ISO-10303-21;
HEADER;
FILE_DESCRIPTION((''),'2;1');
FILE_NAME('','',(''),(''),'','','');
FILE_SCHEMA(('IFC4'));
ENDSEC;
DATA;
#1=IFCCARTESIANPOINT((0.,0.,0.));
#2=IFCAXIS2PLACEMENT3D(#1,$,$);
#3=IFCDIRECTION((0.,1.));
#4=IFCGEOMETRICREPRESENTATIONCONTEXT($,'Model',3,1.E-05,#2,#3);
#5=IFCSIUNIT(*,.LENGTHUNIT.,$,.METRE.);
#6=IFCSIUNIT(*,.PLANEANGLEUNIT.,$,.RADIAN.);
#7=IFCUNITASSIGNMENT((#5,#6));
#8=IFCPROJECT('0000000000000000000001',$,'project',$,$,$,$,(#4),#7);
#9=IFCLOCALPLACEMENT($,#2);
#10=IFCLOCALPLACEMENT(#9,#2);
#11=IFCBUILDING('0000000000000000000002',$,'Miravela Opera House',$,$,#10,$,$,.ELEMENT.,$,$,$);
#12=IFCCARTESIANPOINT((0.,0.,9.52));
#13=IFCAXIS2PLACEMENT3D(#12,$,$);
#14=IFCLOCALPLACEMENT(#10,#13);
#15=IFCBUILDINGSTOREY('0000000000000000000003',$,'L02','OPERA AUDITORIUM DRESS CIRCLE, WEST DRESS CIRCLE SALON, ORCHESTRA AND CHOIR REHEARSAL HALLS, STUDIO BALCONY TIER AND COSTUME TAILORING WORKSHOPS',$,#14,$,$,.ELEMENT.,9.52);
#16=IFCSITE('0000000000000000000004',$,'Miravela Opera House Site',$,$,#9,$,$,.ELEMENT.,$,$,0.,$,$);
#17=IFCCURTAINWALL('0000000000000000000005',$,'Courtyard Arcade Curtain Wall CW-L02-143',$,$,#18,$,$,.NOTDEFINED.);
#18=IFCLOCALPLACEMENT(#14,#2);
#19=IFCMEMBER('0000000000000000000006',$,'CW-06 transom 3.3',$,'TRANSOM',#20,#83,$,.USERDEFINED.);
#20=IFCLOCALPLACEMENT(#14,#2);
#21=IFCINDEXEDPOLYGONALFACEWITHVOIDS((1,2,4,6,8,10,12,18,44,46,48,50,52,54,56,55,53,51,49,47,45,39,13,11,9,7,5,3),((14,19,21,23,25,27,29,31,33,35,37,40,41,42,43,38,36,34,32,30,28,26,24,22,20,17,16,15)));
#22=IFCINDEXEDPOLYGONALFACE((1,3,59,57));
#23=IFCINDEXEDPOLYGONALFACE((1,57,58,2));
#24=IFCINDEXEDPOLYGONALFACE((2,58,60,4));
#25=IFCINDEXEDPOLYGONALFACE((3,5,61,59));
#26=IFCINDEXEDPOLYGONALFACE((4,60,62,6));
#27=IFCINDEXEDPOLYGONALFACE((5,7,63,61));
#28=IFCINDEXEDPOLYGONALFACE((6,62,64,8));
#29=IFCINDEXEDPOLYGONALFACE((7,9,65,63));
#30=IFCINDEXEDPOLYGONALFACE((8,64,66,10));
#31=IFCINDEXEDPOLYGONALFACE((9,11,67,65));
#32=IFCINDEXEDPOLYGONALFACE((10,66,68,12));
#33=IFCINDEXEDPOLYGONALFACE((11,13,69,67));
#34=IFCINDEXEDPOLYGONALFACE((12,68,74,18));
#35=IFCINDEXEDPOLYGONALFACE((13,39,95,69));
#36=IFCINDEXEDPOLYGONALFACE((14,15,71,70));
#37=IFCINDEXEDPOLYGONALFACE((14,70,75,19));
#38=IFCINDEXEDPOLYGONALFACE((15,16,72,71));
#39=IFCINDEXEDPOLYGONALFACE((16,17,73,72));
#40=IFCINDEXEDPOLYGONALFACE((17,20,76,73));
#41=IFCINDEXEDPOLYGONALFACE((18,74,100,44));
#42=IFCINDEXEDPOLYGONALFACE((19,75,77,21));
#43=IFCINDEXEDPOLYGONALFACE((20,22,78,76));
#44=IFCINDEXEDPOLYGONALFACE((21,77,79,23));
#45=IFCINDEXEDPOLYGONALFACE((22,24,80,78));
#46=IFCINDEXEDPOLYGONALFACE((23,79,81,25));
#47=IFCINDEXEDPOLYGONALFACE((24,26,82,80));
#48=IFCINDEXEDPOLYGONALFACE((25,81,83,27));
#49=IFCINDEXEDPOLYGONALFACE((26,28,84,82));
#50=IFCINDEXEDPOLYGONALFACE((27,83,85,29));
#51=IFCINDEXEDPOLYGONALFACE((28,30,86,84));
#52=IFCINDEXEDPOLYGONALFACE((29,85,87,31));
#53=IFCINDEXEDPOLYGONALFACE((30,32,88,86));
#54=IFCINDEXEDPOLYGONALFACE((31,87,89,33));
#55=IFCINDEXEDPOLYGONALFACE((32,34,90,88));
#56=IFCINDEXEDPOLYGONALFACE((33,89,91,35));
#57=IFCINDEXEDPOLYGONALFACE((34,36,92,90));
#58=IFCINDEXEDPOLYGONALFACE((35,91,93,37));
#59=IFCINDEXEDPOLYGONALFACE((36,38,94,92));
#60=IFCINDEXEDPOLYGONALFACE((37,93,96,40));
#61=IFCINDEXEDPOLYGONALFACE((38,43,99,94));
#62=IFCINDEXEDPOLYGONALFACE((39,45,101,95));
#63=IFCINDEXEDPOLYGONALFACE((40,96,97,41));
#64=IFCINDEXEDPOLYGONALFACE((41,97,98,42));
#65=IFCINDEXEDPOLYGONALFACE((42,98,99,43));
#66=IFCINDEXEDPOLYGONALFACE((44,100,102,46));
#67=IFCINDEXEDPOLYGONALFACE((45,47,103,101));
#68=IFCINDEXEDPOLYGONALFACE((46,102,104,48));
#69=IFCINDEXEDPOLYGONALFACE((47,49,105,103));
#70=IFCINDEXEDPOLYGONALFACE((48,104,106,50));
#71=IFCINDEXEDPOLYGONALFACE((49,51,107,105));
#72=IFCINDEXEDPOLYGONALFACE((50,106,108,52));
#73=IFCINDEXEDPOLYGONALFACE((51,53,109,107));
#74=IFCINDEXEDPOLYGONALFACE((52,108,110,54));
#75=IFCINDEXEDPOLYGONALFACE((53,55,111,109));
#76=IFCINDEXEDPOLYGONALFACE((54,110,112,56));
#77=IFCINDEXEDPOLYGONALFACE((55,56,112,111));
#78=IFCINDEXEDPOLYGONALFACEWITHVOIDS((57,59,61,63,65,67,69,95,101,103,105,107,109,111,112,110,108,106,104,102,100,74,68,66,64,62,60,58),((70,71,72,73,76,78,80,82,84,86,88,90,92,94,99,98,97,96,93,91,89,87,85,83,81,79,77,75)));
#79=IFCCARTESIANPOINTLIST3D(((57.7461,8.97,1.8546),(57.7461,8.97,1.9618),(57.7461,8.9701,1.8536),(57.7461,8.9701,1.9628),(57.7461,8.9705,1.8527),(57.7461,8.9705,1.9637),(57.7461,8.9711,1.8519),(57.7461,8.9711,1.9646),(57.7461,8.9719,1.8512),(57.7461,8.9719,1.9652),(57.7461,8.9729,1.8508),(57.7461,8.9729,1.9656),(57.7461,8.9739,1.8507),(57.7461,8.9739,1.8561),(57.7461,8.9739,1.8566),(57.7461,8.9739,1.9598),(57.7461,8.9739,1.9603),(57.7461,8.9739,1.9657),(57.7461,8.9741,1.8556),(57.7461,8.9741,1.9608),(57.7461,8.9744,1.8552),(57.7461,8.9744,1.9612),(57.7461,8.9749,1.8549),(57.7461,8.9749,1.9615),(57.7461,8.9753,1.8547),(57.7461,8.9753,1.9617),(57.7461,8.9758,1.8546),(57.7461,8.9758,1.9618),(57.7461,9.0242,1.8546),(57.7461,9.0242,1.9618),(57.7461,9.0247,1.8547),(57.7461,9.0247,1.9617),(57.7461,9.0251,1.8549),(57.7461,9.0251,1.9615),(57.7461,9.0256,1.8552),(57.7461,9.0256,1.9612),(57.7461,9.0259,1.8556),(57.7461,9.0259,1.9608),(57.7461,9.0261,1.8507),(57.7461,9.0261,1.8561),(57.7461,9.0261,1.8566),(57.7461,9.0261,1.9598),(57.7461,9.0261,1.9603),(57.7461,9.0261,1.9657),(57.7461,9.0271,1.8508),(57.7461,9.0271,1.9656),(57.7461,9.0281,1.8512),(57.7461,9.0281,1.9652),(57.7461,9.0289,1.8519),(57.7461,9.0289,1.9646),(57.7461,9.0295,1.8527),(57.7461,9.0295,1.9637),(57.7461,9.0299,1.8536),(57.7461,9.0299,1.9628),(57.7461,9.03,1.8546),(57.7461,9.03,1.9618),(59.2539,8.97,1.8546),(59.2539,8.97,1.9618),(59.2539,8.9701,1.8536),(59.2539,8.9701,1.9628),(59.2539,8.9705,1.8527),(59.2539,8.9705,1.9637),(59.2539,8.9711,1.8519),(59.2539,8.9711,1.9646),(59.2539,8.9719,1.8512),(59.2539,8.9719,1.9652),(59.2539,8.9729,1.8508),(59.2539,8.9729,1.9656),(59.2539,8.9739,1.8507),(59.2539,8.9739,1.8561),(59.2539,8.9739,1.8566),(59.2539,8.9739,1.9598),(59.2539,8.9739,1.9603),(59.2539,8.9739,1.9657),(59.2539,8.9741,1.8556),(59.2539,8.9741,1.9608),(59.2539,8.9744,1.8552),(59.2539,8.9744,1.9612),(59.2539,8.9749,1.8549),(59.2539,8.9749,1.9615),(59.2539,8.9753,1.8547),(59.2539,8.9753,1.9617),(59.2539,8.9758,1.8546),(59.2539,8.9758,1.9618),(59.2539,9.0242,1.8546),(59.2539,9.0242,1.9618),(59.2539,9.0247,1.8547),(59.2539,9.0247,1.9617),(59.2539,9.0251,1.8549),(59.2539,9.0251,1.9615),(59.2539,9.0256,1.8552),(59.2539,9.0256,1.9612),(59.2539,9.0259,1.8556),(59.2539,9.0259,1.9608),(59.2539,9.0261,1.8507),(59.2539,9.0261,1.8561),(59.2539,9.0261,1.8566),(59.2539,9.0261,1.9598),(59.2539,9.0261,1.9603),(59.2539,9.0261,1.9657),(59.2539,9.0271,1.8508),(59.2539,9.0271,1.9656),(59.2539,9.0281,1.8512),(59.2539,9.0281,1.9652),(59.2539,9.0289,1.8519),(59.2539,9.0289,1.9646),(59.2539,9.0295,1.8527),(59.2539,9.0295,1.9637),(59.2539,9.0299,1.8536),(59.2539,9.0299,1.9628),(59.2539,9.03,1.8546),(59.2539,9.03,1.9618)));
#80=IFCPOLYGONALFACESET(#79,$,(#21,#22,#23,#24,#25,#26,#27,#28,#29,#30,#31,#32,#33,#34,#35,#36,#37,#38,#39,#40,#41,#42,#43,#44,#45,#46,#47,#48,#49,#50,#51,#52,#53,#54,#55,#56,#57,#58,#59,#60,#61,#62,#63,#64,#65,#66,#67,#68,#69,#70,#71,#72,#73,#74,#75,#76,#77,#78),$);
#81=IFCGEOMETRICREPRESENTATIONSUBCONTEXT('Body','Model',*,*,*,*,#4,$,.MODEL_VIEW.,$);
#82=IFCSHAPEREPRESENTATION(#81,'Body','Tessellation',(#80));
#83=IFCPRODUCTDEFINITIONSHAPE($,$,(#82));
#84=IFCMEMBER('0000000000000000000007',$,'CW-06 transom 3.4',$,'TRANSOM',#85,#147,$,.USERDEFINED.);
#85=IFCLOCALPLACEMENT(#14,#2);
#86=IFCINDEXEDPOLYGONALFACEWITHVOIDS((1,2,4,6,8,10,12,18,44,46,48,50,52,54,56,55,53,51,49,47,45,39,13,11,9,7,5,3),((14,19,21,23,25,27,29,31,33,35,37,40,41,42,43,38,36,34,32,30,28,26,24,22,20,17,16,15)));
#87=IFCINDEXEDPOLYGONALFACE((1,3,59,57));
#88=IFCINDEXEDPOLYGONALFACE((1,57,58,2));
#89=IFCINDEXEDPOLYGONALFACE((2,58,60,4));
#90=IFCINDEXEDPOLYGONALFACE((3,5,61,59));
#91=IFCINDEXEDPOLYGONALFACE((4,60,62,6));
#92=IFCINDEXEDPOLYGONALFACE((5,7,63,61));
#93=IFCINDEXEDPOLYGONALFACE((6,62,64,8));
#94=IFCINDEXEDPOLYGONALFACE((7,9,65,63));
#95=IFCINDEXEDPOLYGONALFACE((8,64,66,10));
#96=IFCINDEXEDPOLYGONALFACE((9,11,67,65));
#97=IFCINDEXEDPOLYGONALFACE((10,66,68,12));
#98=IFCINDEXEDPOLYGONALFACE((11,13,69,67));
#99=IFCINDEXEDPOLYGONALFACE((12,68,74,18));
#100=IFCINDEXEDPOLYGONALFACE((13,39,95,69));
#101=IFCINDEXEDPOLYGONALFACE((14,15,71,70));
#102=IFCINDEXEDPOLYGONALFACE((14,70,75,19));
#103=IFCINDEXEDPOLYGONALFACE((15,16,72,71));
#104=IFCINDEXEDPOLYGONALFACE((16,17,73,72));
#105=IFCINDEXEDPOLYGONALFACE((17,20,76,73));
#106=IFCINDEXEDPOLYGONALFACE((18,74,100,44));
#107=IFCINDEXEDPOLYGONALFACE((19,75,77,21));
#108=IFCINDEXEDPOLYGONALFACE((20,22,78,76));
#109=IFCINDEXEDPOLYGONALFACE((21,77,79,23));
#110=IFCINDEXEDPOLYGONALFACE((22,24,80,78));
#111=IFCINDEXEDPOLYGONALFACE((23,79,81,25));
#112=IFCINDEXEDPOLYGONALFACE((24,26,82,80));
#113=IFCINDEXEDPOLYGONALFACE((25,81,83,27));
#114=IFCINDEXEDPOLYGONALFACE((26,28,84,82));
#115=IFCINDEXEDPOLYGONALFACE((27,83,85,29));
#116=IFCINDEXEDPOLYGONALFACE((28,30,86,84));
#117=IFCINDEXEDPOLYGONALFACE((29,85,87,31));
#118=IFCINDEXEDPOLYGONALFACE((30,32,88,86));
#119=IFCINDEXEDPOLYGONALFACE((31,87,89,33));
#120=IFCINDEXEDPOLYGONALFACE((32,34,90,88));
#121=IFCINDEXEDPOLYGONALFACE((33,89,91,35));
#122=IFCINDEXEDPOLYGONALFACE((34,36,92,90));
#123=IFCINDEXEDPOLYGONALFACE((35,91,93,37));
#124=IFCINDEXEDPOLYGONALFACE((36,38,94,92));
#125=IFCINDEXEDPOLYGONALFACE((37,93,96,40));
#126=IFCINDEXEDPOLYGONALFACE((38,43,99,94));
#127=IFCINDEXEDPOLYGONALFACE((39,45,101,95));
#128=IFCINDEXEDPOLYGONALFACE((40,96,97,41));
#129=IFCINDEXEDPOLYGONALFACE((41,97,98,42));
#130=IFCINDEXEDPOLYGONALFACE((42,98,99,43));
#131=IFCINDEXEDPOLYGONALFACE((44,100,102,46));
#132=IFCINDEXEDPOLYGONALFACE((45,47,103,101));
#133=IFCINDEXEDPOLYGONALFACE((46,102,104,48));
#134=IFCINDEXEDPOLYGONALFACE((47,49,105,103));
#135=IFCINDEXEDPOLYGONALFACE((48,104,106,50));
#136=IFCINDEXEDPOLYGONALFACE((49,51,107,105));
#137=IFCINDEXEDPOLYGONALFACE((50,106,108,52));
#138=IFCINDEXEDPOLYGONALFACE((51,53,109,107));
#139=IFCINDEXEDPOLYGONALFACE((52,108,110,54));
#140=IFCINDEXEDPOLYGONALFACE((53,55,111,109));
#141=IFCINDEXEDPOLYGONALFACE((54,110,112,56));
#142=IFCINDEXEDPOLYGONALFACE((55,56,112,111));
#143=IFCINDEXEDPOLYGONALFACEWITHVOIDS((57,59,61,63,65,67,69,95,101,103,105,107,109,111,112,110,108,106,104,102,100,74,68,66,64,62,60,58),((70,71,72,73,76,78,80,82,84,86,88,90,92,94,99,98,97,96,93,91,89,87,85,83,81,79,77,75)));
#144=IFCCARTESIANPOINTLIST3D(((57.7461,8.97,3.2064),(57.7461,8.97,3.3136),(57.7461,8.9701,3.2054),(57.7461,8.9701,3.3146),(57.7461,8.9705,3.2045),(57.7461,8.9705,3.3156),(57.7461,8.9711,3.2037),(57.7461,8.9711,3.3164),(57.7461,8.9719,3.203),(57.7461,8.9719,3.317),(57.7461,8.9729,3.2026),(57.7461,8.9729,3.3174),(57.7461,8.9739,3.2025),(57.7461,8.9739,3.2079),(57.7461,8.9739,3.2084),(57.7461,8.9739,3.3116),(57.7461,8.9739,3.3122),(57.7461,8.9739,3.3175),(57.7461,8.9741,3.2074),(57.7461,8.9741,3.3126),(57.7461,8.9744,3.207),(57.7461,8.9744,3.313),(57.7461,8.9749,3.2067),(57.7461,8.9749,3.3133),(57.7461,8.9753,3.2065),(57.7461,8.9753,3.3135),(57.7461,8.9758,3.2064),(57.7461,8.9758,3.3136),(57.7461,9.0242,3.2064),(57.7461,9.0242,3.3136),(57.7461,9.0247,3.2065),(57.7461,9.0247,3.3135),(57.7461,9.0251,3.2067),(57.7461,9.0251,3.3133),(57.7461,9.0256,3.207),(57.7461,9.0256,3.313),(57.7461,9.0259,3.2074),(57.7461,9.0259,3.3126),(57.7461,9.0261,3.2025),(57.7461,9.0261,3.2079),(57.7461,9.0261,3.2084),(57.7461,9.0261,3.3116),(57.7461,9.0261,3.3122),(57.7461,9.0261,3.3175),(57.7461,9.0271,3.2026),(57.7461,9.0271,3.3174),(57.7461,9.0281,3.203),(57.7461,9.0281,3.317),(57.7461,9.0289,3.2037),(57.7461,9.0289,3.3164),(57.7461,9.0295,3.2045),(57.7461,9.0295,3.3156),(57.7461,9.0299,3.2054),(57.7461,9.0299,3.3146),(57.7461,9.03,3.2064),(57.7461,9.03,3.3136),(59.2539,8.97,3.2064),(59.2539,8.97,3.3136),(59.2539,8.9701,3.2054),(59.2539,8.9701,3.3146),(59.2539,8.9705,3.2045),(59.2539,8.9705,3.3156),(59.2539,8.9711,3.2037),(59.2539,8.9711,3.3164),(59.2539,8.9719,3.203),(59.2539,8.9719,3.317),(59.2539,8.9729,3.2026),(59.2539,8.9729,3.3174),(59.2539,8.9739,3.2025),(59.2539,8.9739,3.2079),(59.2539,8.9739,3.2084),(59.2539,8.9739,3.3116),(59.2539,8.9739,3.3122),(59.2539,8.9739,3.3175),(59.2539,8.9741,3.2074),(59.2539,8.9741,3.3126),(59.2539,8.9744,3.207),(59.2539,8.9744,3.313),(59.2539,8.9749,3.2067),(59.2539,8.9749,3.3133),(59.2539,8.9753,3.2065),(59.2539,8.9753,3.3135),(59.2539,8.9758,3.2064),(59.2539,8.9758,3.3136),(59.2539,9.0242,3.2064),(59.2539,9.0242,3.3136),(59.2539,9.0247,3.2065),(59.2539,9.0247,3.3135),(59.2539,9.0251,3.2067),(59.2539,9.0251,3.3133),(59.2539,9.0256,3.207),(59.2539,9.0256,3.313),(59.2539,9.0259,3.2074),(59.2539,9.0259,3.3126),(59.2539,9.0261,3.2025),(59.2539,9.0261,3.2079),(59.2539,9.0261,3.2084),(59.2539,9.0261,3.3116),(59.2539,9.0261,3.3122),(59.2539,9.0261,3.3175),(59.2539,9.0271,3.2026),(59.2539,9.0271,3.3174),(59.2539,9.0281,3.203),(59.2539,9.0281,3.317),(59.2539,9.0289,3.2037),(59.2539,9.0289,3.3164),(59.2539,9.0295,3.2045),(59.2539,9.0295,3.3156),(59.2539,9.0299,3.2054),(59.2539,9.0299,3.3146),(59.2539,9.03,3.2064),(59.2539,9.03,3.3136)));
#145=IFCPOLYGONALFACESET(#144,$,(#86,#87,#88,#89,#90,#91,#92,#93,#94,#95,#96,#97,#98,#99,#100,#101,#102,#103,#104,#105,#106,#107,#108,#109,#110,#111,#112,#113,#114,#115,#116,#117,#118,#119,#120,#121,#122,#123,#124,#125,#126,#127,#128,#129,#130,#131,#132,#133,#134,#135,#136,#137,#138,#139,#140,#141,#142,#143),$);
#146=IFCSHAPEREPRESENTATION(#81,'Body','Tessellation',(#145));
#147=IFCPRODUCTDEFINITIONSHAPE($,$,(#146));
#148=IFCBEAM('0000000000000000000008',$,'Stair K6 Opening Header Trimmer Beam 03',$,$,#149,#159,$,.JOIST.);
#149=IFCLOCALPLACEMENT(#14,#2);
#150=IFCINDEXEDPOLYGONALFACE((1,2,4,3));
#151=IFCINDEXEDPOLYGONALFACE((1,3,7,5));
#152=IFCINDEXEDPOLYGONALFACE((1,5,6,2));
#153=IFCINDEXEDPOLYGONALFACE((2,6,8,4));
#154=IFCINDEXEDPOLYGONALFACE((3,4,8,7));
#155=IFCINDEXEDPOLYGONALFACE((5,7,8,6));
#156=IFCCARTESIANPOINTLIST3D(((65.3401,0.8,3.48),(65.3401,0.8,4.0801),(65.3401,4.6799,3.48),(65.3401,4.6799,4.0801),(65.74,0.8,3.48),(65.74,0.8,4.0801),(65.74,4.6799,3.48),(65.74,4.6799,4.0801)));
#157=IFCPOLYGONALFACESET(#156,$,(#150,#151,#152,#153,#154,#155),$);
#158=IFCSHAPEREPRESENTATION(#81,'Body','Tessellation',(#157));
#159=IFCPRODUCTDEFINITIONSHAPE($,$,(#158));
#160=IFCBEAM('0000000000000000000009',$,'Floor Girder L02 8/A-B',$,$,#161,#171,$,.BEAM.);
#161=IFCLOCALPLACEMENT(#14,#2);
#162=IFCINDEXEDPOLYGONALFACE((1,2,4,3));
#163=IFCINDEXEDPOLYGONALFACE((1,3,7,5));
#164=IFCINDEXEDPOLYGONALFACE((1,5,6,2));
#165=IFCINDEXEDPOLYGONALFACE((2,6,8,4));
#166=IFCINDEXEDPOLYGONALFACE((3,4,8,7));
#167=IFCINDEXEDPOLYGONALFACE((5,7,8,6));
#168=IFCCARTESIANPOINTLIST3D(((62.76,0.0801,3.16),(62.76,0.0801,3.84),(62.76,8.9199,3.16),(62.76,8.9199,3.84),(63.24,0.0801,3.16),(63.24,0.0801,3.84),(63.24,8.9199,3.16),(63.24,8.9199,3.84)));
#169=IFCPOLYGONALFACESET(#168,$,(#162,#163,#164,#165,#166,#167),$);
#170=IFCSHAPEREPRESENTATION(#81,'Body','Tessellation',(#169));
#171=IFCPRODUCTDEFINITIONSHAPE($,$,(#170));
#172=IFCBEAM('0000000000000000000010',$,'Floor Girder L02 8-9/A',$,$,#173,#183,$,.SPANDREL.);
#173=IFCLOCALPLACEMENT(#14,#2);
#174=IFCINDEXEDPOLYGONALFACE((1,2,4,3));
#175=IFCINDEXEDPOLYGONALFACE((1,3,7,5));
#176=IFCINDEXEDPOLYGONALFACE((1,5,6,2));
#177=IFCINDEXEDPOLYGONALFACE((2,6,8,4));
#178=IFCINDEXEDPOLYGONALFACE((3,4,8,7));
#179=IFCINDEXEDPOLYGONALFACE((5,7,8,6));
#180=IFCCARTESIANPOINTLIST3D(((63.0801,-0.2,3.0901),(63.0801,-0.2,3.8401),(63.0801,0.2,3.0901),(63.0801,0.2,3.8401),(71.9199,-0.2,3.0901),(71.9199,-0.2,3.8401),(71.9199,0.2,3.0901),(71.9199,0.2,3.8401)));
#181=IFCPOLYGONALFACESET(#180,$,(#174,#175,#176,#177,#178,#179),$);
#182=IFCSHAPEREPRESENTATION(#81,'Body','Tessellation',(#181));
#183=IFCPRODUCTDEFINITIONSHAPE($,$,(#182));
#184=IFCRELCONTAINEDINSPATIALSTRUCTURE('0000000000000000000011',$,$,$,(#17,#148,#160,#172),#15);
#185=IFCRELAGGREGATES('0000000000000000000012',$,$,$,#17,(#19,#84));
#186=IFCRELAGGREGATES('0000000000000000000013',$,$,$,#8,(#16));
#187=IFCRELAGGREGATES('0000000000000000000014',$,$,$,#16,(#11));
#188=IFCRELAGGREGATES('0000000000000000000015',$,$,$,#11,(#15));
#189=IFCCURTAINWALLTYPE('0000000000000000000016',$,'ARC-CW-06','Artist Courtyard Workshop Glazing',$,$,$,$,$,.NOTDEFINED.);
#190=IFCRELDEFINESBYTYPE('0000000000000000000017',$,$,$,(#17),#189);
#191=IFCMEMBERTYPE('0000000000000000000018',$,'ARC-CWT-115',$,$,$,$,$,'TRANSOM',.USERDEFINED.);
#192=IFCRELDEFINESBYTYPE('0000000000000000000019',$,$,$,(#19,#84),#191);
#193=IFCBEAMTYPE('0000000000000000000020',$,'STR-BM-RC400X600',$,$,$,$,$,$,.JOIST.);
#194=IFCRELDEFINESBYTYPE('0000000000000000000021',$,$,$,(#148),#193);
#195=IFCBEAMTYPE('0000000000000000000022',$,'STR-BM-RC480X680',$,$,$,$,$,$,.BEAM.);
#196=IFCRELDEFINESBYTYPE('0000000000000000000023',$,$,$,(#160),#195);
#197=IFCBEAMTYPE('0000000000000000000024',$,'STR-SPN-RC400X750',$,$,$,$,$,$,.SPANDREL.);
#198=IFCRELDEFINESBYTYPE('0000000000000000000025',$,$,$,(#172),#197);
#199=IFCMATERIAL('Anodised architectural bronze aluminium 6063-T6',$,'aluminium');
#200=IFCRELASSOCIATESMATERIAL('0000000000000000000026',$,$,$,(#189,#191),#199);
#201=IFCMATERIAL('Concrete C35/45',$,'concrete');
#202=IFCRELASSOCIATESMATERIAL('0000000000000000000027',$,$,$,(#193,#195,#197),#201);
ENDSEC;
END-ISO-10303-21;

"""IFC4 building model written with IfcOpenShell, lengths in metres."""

from ifc_helpers import new_model, si_unit, direction, frame, origin, origin_2d, place, context, subcontext, project, spatial, rectangle, hollow_rectangle, extrude, material, material_profile, profile_set, type_object, element, aggregate, save


model = new_model("IFC4")

# Units and contexts
model_context = context("Model", 3, precision=1e-05, world=origin(), true_north=direction((0.0, 1.0)))
body_context = subcontext(model_context, "Body", "Model", "MODEL_VIEW")
ifc_project = project(units=[si_unit("LENGTHUNIT", "METRE"), si_unit("PLANEANGLEUNIT", "RADIAN")], contexts=[model_context])

# Site, building, storey
site_placement = place(None, origin())
site = spatial("IfcSite", under=ifc_project, at=site_placement, Name="Miravela Opera House Site", CompositionType="ELEMENT", RefElevation=0.0)
building_placement = place(site_placement, origin())
building = spatial("IfcBuilding", under=site, at=building_placement, Name="Miravela Opera House", CompositionType="ELEMENT")
storey_placement = place(building_placement, frame((0.0, 0.0, 9.52)))
storey = spatial("IfcBuildingStorey", under=building, at=storey_placement, Name="L02", Description="OPERA AUDITORIUM DRESS CIRCLE, WEST DRESS CIRCLE SALON, ORCHESTRA AND CHOIR REHEARSAL HALLS, STUDIO BALCONY TIER AND COSTUME TAILORING WORKSHOPS", CompositionType="ELEMENT", Elevation=9.52)

# Shared definitions
ifc_material_1 = material(Name="Concrete C35/45", Category="concrete")

# Curtain wall, members
ifc_material_2 = material(Name="Anodised architectural bronze aluminium 6063-T6", Category="aluminium")
curtain_wall_type = type_object("IfcCurtainWallType", Name="ARC-CW-06", Description="Artist Courtyard Workshop Glazing", PredefinedType="NOTDEFINED", material=ifc_material_2)
curtain_wall_placement = place(storey_placement, origin())
curtain_wall = element("IfcCurtainWall", 1, at=curtain_wall_placement, inside=storey, type_object=curtain_wall_type, Name="Courtyard Arcade Curtain Wall CW-L02-143", PredefinedType="NOTDEFINED")
ifc_material_profile_1 = material_profile(ifc_material_2, hollow_rectangle(XDim=0.0601, YDim=0.115, WallThickness=0.0039, InnerFilletRadius=0.002, OuterFilletRadius=0.0039, at=origin_2d()), Name="CWT-60X115")
ifc_profile_set_1 = profile_set([ifc_material_profile_1])
member_type_1 = type_object("IfcMemberType", Name="ARC-CWT-115", ElementType="TRANSOM", PredefinedType="USERDEFINED", material=ifc_profile_set_1)
member_1_placement = place(storey_placement, frame((57.7461, 9.0, 1.9082), z_axis=(1.0, 0.0, 0.0), x_axis=(0.0, 1.0, 0.0)))
member_1 = element("IfcMember", 2, at=member_1_placement, type_object=member_type_1, Name="CW-06 transom 3.3", ObjectType="TRANSOM", PredefinedType="USERDEFINED", context=body_context, shape_type="SweptSolid", body=[
    extrude(hollow_rectangle(XDim=0.0601, YDim=0.115, WallThickness=0.0039, InnerFilletRadius=0.002, OuterFilletRadius=0.0039, at=origin_2d()), origin(), (0.0, 0.0, 1.0), 1.5078),
])
member_2_placement = place(storey_placement, frame((57.7461, 9.0, 3.26), z_axis=(1.0, 0.0, 0.0), x_axis=(0.0, 1.0, 0.0)))
member_2 = element("IfcMember", 3, at=member_2_placement, type_object=member_type_1, Name="CW-06 transom 3.4", ObjectType="TRANSOM", PredefinedType="USERDEFINED", context=body_context, shape_type="SweptSolid", body=[
    extrude(hollow_rectangle(XDim=0.0601, YDim=0.115, WallThickness=0.0039, InnerFilletRadius=0.002, OuterFilletRadius=0.0039, at=origin_2d()), origin(), (0.0, 0.0, 1.0), 1.5078),
])

# Beams
ifc_material_profile_2 = material_profile(ifc_material_1, rectangle(XDim=0.3999, YDim=0.6001, at=origin_2d()), Name="RC-BM-400X600")
ifc_profile_set_2 = profile_set([ifc_material_profile_2])
beam_type_1 = type_object("IfcBeamType", Name="STR-BM-RC400X600", PredefinedType="JOIST", material=ifc_profile_set_2)
beam_1_placement = place(storey_placement, frame((65.54, 0.8, 3.78), z_axis=(0.0, 1.0, 0.0), x_axis=(-1.0, 0.0, 0.0)))
element("IfcBeam", 4, at=beam_1_placement, inside=storey, type_object=beam_type_1, Name="Stair K6 Opening Header Trimmer Beam 03", PredefinedType="JOIST", context=body_context, shape_type="SweptSolid", body=[
    extrude(rectangle(XDim=0.3999, YDim=0.6001, at=origin_2d()), origin(), (0.0, 0.0, 1.0), 3.8799),
])
ifc_material_profile_3 = material_profile(ifc_material_1, rectangle(XDim=0.48, YDim=0.6799, at=origin_2d()), Name="RC-BM-480X680")
ifc_profile_set_3 = profile_set([ifc_material_profile_3])
beam_type_2 = type_object("IfcBeamType", Name="STR-BM-RC480X680", PredefinedType="BEAM", material=ifc_profile_set_3)
beam_2_placement = place(storey_placement, frame((63.0, 0.0801, 3.5), z_axis=(0.0, 1.0, 0.0), x_axis=(-1.0, 0.0, 0.0)))
element("IfcBeam", 5, at=beam_2_placement, inside=storey, type_object=beam_type_2, Name="Floor Girder L02 8/A-B", PredefinedType="BEAM", context=body_context, shape_type="SweptSolid", body=[
    extrude(rectangle(XDim=0.48, YDim=0.6799, at=origin_2d()), origin(), (0.0, 0.0, 1.0), 8.8398),
])
ifc_material_profile_4 = material_profile(ifc_material_1, rectangle(XDim=0.3999, YDim=0.75, at=origin_2d()), Name="RC-SPN-400X750")
ifc_profile_set_4 = profile_set([ifc_material_profile_4])
beam_type_3 = type_object("IfcBeamType", Name="STR-SPN-RC400X750", PredefinedType="SPANDREL", material=ifc_profile_set_4)
beam_3_placement = place(storey_placement, frame((63.0801, 0.0, 3.4651), z_axis=(1.0, 0.0, 0.0), x_axis=(0.0, 1.0, 0.0)))
element("IfcBeam", 6, at=beam_3_placement, inside=storey, type_object=beam_type_3, Name="Floor Girder L02 8-9/A", PredefinedType="SPANDREL", context=body_context, shape_type="SweptSolid", body=[
    extrude(rectangle(XDim=0.3999, YDim=0.75, at=origin_2d()), origin(), (0.0, 0.0, 1.0), 8.8398),
])

aggregate(curtain_wall, [member_1, member_2])

save(model, "model.ifc")
